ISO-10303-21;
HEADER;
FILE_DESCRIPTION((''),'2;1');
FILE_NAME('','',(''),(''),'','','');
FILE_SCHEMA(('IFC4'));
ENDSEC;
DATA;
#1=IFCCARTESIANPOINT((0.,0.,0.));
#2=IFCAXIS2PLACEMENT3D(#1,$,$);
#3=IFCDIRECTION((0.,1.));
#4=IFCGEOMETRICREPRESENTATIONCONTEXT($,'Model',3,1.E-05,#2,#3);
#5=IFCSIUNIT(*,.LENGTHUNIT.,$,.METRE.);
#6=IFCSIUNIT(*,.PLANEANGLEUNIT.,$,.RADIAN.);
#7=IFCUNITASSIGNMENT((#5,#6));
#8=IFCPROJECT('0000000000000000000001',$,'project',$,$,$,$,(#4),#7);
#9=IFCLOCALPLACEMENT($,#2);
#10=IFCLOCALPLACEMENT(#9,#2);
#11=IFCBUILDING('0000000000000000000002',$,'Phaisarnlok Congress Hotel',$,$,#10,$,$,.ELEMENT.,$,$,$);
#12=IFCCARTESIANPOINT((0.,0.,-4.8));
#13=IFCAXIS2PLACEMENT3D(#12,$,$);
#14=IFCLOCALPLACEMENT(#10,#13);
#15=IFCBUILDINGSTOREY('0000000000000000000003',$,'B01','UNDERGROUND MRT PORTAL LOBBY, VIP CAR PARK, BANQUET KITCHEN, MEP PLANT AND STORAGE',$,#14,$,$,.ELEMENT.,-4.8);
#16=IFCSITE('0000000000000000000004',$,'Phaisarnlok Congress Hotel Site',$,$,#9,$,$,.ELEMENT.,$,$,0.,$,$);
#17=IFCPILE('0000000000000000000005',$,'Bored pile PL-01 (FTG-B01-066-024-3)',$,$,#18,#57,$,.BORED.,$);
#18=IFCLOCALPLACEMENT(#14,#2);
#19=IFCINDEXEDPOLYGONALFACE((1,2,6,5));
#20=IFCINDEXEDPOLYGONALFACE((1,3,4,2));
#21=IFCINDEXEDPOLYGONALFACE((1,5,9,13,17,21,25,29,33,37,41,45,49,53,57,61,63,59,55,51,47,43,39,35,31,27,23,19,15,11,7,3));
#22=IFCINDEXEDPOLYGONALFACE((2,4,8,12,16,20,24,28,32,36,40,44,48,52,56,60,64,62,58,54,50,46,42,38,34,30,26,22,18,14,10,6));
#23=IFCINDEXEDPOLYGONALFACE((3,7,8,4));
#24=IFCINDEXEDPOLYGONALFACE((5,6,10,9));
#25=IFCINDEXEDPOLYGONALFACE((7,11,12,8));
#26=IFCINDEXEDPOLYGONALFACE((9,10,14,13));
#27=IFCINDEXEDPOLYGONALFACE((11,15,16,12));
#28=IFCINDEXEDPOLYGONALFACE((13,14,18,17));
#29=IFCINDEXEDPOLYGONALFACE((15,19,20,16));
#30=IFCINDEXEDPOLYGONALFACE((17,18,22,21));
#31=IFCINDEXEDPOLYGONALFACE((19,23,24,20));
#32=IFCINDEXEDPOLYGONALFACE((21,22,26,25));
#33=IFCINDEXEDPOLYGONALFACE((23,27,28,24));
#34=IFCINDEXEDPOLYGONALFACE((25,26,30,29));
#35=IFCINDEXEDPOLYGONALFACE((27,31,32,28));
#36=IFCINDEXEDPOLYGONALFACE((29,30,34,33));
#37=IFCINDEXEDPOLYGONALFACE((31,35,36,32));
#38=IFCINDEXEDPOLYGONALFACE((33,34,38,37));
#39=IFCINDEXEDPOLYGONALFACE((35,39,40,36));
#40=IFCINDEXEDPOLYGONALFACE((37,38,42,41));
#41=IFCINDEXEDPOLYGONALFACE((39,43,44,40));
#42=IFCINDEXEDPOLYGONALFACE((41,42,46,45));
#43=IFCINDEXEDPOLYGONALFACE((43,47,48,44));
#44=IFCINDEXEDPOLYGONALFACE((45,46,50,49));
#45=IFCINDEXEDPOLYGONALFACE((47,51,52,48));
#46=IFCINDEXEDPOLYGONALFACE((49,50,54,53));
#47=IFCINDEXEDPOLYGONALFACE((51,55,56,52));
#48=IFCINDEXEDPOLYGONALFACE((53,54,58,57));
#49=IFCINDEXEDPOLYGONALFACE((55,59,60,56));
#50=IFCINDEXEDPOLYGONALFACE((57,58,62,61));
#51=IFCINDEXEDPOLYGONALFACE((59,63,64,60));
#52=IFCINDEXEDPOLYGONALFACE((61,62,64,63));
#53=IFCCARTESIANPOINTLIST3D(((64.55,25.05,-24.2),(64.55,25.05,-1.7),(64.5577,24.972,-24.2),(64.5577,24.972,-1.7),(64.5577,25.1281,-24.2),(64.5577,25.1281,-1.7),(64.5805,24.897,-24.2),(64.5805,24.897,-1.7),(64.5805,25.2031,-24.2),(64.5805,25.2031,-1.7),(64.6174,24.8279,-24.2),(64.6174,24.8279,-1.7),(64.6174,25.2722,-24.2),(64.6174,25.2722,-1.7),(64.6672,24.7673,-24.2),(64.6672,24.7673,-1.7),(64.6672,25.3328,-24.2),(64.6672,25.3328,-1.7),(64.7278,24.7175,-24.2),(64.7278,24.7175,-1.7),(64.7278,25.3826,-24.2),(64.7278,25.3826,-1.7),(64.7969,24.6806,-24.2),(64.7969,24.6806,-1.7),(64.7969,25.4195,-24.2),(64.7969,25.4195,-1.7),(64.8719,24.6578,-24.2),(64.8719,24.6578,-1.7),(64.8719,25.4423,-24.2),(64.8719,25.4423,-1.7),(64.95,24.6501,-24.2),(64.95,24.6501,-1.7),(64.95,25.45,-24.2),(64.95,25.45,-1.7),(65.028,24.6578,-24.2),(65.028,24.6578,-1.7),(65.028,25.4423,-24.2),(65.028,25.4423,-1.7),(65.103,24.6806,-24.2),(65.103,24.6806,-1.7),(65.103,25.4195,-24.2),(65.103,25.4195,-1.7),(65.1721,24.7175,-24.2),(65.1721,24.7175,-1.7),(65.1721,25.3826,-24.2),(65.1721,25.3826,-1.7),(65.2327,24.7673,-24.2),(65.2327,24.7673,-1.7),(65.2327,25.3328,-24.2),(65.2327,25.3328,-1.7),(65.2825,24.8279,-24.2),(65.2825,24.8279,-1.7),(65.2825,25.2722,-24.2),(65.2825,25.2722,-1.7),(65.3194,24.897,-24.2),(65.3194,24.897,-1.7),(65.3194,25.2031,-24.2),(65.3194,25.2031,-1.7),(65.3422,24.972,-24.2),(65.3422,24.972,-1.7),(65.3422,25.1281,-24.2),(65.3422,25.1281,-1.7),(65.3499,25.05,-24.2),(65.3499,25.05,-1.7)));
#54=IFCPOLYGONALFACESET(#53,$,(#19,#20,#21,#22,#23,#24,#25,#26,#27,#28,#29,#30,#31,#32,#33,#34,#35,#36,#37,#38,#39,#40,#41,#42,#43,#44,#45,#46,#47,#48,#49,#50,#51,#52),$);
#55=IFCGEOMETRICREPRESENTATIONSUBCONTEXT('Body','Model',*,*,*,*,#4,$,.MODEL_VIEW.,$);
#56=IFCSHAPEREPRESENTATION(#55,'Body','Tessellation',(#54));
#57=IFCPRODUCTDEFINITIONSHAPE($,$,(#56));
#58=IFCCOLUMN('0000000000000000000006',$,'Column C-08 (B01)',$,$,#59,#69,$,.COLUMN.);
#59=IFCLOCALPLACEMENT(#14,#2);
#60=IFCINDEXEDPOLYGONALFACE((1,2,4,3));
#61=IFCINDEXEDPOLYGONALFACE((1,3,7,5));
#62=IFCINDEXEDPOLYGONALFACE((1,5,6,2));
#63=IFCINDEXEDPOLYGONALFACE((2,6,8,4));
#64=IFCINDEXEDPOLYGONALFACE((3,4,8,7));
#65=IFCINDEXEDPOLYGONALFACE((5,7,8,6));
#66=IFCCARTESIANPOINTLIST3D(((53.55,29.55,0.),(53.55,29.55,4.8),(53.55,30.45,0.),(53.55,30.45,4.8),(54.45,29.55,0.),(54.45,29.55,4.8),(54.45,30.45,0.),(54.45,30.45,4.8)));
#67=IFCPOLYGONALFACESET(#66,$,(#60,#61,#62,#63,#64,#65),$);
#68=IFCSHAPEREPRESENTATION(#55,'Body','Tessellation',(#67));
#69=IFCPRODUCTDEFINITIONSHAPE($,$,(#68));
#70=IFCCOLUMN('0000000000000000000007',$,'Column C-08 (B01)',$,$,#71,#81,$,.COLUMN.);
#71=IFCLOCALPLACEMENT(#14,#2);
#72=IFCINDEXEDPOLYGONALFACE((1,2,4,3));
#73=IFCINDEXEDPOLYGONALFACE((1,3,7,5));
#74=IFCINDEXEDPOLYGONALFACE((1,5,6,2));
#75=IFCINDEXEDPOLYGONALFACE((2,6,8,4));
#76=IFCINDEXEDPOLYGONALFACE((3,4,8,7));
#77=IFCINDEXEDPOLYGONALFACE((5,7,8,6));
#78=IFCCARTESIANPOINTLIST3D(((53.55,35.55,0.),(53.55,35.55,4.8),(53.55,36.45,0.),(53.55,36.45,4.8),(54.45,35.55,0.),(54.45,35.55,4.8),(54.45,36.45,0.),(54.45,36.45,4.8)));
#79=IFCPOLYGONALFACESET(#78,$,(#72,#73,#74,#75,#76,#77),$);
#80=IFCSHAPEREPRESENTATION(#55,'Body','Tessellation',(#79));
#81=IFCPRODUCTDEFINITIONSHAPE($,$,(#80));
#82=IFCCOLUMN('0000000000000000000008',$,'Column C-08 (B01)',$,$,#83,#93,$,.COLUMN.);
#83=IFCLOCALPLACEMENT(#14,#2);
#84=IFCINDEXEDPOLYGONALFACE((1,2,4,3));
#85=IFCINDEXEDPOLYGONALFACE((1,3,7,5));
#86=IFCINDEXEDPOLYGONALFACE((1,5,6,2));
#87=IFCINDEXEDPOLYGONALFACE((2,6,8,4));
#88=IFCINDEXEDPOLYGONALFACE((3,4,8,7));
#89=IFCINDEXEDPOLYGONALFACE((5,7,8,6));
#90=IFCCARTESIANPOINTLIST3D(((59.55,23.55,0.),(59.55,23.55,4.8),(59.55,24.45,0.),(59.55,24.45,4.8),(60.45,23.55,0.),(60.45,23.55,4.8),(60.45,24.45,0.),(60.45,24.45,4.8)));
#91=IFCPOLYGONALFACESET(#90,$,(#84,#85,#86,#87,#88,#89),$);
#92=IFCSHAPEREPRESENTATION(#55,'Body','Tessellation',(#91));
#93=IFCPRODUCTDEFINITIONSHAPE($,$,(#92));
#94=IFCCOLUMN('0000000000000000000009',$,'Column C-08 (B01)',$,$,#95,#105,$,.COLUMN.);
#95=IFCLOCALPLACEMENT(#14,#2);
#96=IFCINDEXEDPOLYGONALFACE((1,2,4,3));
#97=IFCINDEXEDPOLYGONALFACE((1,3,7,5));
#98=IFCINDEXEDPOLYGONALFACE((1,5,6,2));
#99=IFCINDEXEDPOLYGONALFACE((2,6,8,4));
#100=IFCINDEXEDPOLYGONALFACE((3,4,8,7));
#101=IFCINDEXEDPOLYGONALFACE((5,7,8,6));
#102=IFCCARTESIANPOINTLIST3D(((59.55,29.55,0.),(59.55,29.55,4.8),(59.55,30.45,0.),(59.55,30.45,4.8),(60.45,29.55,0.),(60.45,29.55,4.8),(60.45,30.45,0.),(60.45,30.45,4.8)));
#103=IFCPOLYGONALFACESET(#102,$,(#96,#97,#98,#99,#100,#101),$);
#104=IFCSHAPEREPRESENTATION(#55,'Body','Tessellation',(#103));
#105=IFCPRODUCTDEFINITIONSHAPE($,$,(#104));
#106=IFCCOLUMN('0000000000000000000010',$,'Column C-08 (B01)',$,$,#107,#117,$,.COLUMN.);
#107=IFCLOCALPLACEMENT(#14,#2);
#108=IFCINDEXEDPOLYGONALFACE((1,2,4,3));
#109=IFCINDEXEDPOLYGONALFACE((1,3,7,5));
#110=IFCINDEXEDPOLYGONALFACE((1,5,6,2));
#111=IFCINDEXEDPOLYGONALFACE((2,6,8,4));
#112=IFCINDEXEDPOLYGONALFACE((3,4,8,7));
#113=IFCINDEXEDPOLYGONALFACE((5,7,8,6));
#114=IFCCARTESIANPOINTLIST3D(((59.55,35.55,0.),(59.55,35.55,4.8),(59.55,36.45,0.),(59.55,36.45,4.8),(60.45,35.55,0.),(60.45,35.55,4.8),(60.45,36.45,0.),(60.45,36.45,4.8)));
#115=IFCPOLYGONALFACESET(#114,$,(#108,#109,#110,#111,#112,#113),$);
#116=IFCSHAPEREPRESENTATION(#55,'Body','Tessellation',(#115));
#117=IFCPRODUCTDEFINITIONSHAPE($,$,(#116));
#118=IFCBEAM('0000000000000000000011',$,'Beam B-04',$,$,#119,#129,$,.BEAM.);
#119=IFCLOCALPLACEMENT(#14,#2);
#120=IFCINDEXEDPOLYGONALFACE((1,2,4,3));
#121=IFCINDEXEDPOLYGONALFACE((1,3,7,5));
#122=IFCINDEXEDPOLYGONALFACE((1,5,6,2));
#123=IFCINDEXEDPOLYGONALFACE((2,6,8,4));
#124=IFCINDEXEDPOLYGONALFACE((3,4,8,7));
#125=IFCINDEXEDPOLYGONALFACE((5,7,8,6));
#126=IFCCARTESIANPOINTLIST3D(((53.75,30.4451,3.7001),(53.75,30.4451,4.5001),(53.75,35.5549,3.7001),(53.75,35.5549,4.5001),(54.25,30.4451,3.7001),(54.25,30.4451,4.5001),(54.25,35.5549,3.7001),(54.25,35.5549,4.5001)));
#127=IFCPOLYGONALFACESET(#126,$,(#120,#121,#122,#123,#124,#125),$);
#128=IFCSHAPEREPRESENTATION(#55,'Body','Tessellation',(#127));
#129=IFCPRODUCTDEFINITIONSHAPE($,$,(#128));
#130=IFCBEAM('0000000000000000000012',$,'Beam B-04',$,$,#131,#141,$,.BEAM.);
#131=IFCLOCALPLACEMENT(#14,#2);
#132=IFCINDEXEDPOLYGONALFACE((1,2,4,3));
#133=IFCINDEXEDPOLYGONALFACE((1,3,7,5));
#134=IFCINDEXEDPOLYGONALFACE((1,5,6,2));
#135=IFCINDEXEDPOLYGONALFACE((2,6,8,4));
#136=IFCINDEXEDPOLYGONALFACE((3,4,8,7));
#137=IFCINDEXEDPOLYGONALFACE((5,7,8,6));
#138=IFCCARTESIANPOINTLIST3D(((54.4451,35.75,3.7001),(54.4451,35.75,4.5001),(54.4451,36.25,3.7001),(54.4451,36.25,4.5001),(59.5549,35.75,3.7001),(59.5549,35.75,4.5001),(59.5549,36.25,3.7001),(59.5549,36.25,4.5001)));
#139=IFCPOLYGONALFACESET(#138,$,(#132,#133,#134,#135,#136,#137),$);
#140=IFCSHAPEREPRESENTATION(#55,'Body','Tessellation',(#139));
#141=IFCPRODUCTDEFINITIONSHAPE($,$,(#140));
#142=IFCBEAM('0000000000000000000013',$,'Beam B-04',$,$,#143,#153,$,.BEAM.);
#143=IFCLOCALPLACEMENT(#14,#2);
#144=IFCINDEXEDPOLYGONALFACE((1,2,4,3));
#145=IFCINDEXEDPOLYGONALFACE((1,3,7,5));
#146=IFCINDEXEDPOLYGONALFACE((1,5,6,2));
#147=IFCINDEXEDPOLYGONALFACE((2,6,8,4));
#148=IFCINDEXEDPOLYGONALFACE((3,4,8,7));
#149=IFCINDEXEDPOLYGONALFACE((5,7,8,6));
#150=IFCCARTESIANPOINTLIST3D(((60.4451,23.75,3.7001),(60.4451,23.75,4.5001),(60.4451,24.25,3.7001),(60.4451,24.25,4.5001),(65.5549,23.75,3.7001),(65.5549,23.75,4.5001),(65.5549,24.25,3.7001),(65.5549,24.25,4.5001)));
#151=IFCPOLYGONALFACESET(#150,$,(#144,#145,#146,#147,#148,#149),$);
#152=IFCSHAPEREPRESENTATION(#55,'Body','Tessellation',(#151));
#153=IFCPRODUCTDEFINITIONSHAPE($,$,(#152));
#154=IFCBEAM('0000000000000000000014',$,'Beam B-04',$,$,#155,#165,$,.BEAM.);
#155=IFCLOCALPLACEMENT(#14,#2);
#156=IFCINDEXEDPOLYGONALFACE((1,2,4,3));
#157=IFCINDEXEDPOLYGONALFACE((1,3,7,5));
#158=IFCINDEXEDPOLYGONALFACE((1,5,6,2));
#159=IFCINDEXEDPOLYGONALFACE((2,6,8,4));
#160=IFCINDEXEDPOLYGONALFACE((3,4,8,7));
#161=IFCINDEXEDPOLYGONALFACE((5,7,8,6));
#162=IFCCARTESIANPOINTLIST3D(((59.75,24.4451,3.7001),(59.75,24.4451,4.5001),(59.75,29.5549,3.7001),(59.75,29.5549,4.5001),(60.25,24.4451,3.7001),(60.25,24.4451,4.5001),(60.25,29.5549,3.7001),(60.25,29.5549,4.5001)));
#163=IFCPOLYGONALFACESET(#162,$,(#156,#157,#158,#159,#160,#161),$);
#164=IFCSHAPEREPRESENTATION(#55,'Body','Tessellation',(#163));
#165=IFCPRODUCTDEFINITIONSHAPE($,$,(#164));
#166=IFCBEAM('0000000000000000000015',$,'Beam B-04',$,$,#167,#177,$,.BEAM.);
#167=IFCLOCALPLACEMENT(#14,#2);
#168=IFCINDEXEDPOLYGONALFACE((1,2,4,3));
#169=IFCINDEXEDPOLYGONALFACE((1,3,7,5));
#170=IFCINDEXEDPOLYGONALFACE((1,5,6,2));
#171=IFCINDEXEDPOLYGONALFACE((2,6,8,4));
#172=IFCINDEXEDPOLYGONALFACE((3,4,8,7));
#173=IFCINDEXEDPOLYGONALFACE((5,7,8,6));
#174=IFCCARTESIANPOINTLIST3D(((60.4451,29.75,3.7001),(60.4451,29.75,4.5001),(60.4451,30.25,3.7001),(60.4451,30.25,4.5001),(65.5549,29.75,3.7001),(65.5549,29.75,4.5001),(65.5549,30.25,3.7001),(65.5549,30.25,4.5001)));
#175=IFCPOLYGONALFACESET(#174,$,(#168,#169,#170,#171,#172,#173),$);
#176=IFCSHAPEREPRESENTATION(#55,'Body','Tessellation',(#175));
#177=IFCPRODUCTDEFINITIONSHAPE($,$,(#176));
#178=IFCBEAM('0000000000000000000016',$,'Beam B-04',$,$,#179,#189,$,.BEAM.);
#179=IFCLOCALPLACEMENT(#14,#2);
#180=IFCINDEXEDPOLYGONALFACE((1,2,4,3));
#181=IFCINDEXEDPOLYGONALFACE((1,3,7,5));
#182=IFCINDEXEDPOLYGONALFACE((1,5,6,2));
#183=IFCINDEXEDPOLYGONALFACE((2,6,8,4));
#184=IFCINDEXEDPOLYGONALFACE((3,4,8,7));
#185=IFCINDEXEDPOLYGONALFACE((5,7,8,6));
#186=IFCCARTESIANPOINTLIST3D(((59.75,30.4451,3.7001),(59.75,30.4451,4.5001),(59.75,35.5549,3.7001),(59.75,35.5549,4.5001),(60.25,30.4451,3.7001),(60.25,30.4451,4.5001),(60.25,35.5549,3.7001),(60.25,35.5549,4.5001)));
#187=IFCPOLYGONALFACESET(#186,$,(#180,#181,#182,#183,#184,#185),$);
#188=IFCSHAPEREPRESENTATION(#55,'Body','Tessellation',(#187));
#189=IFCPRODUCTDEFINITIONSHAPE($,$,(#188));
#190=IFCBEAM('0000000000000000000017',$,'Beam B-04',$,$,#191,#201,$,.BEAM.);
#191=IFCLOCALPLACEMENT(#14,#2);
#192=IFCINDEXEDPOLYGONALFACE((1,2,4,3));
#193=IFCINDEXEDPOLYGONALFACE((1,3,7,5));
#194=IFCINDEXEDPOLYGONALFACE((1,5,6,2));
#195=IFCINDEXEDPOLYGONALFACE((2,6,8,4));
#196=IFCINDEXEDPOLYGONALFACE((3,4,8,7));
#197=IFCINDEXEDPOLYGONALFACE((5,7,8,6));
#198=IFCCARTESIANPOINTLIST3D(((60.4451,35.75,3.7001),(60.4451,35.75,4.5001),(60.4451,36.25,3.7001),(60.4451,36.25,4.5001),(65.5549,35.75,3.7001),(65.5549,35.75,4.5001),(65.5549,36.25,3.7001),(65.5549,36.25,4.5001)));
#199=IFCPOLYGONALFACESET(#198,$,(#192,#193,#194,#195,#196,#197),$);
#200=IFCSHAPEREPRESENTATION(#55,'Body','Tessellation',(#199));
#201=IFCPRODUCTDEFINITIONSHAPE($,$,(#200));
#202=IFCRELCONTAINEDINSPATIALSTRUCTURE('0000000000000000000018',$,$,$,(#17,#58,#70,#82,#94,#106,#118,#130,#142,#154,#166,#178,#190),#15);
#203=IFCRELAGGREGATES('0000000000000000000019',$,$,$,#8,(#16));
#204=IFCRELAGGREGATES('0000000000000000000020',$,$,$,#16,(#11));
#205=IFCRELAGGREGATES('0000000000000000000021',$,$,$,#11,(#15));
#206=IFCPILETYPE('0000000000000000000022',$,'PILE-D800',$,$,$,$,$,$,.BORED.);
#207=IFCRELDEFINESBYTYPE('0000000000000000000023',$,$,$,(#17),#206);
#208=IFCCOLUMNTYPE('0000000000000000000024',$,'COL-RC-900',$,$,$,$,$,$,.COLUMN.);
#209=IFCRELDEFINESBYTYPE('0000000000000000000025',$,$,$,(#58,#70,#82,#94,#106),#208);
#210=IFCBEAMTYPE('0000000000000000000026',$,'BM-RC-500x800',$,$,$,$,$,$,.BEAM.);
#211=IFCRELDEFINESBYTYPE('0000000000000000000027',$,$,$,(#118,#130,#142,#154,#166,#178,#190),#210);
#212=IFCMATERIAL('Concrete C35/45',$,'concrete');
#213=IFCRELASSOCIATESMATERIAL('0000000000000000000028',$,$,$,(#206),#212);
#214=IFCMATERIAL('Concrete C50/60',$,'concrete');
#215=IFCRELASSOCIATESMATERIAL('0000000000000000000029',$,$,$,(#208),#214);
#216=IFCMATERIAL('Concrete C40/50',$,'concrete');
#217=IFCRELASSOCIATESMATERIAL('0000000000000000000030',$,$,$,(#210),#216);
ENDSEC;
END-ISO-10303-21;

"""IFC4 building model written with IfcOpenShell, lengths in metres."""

from ifc_helpers import new_model, si_unit, direction, frame, origin, origin_2d, place, context, subcontext, project, spatial, rectangle, circle, extrude, material, material_profile, profile_set, type_object, element, save


model = new_model("IFC4")

# Units and contexts
model_context = context("Model", 3, precision=1e-05, world=origin(), true_north=direction((0.0, 1.0)))
body_context = subcontext(model_context, "Body", "Model", "MODEL_VIEW")
ifc_project = project(units=[si_unit("LENGTHUNIT", "METRE"), si_unit("PLANEANGLEUNIT", "RADIAN")], contexts=[model_context])

# Site, building, storey
site_placement = place(None, origin())
site = spatial("IfcSite", under=ifc_project, at=site_placement, Name="Phaisarnlok Congress Hotel Site", CompositionType="ELEMENT", RefElevation=0.0)
building_placement = place(site_placement, origin())
building = spatial("IfcBuilding", under=site, at=building_placement, Name="Phaisarnlok Congress Hotel", CompositionType="ELEMENT")
storey_placement = place(building_placement, frame((0.0, 0.0, -4.8)))
storey = spatial("IfcBuildingStorey", under=building, at=storey_placement, Name="B01", Description="UNDERGROUND MRT PORTAL LOBBY, VIP CAR PARK, BANQUET KITCHEN, MEP PLANT AND STORAGE", CompositionType="ELEMENT", Elevation=-4.8)

# Shared definitions
ifc_material_1 = material(Name="Concrete C40/50", Category="concrete")

# Pile
ifc_material_2 = material(Name="Concrete C35/45", Category="concrete")
ifc_material_profile_1 = material_profile(ifc_material_2, circle(Radius=0.3999, at=origin_2d()), Name="BORED PILE D800")
ifc_profile_set_1 = profile_set([ifc_material_profile_1], Name="Concrete C35/45")
pile_type_1 = type_object("IfcPileType", Name="PILE-D800", PredefinedType="BORED", material=ifc_profile_set_1)
pile_1_placement = place(storey_placement, frame((64.95, 25.05, -1.7), z_axis=(0.0, 0.0, -1.0), x_axis=(1.0, 0.0, 0.0)))
element("IfcPile", 1, at=pile_1_placement, inside=storey, type_object=pile_type_1, Name="Bored pile PL-01 (FTG-B01-066-024-3)", PredefinedType="BORED", context=body_context, shape_type="SweptSolid", body=[
    extrude(circle(Radius=0.3999, at=origin_2d()), origin(), (0.0, 0.0, 1.0), 22.5),
])

# Columns
ifc_material_3 = material(Name="Concrete C50/60", Category="concrete")
ifc_material_profile_2 = material_profile(ifc_material_3, rectangle(XDim=0.8999, YDim=0.8999, at=origin_2d()), Name="RC 900x900")
ifc_profile_set_2 = profile_set([ifc_material_profile_2], Name="Concrete C50/60")
column_type = type_object("IfcColumnType", Name="COL-RC-900", PredefinedType="COLUMN", material=ifc_profile_set_2)
for number, where, z_axis, x_axis, name in (
    (2, (54.0, 30.0, 0.0), (0.0, 0.0, 1.0), (1.0, 0.0, 0.0), "Column C-08 (B01)"),
    (3, (54.0, 36.0, 0.0), (0.0, 0.0, 1.0), (1.0, 0.0, 0.0), "Column C-08 (B01)"),
    (4, (60.0, 24.0, 0.0), (0.0, 0.0, 1.0), (1.0, 0.0, 0.0), "Column C-08 (B01)"),
    (5, (60.0, 30.0, 0.0), (0.0, 0.0, 1.0), (1.0, 0.0, 0.0), "Column C-08 (B01)"),
    (6, (60.0, 36.0, 0.0), (0.0, 0.0, 1.0), (1.0, 0.0, 0.0), "Column C-08 (B01)"),
):
    element("IfcColumn", number, at=place(storey_placement, frame(where, z_axis=z_axis, x_axis=x_axis)), inside=storey, type_object=column_type, Name=name, PredefinedType="COLUMN", context=body_context, shape_type="SweptSolid", body=[
        extrude(rectangle(XDim=0.8999, YDim=0.8999, at=origin_2d()), origin(), (0.0, 0.0, 1.0), 4.8),
    ])

# Beams
ifc_material_profile_3 = material_profile(ifc_material_1, rectangle(XDim=0.5, YDim=0.8, at=origin_2d()), Name="RC 500x800")
ifc_profile_set_3 = profile_set([ifc_material_profile_3], Name="Concrete C40/50")
beam_type_1 = type_object("IfcBeamType", Name="BM-RC-500x800", PredefinedType="BEAM", material=ifc_profile_set_3)
for number, where, z_axis, x_axis, name in (
    (7, (54.0, 30.4451, 4.1001), (0.0, 1.0, 0.0), (-1.0, 0.0, 0.0), "Beam B-04"),
    (8, (54.4451, 36.0, 4.1001), (1.0, 0.0, 0.0), (0.0, 1.0, 0.0), "Beam B-04"),
    (9, (60.4451, 24.0, 4.1001), (1.0, 0.0, 0.0), (0.0, 1.0, 0.0), "Beam B-04"),
    (10, (60.0, 24.4451, 4.1001), (0.0, 1.0, 0.0), (-1.0, 0.0, 0.0), "Beam B-04"),
    (11, (60.4451, 30.0, 4.1001), (1.0, 0.0, 0.0), (0.0, 1.0, 0.0), "Beam B-04"),
    (12, (60.0, 30.4451, 4.1001), (0.0, 1.0, 0.0), (-1.0, 0.0, 0.0), "Beam B-04"),
    (13, (60.4451, 36.0, 4.1001), (1.0, 0.0, 0.0), (0.0, 1.0, 0.0), "Beam B-04"),
):
    element("IfcBeam", number, at=place(storey_placement, frame(where, z_axis=z_axis, x_axis=x_axis)), inside=storey, type_object=beam_type_1, Name=name, PredefinedType="BEAM", context=body_context, shape_type="SweptSolid", body=[
        extrude(rectangle(XDim=0.5, YDim=0.8, at=origin_2d()), origin(), (0.0, 0.0, 1.0), 5.1099),
    ])

save(model, "model.ifc")
